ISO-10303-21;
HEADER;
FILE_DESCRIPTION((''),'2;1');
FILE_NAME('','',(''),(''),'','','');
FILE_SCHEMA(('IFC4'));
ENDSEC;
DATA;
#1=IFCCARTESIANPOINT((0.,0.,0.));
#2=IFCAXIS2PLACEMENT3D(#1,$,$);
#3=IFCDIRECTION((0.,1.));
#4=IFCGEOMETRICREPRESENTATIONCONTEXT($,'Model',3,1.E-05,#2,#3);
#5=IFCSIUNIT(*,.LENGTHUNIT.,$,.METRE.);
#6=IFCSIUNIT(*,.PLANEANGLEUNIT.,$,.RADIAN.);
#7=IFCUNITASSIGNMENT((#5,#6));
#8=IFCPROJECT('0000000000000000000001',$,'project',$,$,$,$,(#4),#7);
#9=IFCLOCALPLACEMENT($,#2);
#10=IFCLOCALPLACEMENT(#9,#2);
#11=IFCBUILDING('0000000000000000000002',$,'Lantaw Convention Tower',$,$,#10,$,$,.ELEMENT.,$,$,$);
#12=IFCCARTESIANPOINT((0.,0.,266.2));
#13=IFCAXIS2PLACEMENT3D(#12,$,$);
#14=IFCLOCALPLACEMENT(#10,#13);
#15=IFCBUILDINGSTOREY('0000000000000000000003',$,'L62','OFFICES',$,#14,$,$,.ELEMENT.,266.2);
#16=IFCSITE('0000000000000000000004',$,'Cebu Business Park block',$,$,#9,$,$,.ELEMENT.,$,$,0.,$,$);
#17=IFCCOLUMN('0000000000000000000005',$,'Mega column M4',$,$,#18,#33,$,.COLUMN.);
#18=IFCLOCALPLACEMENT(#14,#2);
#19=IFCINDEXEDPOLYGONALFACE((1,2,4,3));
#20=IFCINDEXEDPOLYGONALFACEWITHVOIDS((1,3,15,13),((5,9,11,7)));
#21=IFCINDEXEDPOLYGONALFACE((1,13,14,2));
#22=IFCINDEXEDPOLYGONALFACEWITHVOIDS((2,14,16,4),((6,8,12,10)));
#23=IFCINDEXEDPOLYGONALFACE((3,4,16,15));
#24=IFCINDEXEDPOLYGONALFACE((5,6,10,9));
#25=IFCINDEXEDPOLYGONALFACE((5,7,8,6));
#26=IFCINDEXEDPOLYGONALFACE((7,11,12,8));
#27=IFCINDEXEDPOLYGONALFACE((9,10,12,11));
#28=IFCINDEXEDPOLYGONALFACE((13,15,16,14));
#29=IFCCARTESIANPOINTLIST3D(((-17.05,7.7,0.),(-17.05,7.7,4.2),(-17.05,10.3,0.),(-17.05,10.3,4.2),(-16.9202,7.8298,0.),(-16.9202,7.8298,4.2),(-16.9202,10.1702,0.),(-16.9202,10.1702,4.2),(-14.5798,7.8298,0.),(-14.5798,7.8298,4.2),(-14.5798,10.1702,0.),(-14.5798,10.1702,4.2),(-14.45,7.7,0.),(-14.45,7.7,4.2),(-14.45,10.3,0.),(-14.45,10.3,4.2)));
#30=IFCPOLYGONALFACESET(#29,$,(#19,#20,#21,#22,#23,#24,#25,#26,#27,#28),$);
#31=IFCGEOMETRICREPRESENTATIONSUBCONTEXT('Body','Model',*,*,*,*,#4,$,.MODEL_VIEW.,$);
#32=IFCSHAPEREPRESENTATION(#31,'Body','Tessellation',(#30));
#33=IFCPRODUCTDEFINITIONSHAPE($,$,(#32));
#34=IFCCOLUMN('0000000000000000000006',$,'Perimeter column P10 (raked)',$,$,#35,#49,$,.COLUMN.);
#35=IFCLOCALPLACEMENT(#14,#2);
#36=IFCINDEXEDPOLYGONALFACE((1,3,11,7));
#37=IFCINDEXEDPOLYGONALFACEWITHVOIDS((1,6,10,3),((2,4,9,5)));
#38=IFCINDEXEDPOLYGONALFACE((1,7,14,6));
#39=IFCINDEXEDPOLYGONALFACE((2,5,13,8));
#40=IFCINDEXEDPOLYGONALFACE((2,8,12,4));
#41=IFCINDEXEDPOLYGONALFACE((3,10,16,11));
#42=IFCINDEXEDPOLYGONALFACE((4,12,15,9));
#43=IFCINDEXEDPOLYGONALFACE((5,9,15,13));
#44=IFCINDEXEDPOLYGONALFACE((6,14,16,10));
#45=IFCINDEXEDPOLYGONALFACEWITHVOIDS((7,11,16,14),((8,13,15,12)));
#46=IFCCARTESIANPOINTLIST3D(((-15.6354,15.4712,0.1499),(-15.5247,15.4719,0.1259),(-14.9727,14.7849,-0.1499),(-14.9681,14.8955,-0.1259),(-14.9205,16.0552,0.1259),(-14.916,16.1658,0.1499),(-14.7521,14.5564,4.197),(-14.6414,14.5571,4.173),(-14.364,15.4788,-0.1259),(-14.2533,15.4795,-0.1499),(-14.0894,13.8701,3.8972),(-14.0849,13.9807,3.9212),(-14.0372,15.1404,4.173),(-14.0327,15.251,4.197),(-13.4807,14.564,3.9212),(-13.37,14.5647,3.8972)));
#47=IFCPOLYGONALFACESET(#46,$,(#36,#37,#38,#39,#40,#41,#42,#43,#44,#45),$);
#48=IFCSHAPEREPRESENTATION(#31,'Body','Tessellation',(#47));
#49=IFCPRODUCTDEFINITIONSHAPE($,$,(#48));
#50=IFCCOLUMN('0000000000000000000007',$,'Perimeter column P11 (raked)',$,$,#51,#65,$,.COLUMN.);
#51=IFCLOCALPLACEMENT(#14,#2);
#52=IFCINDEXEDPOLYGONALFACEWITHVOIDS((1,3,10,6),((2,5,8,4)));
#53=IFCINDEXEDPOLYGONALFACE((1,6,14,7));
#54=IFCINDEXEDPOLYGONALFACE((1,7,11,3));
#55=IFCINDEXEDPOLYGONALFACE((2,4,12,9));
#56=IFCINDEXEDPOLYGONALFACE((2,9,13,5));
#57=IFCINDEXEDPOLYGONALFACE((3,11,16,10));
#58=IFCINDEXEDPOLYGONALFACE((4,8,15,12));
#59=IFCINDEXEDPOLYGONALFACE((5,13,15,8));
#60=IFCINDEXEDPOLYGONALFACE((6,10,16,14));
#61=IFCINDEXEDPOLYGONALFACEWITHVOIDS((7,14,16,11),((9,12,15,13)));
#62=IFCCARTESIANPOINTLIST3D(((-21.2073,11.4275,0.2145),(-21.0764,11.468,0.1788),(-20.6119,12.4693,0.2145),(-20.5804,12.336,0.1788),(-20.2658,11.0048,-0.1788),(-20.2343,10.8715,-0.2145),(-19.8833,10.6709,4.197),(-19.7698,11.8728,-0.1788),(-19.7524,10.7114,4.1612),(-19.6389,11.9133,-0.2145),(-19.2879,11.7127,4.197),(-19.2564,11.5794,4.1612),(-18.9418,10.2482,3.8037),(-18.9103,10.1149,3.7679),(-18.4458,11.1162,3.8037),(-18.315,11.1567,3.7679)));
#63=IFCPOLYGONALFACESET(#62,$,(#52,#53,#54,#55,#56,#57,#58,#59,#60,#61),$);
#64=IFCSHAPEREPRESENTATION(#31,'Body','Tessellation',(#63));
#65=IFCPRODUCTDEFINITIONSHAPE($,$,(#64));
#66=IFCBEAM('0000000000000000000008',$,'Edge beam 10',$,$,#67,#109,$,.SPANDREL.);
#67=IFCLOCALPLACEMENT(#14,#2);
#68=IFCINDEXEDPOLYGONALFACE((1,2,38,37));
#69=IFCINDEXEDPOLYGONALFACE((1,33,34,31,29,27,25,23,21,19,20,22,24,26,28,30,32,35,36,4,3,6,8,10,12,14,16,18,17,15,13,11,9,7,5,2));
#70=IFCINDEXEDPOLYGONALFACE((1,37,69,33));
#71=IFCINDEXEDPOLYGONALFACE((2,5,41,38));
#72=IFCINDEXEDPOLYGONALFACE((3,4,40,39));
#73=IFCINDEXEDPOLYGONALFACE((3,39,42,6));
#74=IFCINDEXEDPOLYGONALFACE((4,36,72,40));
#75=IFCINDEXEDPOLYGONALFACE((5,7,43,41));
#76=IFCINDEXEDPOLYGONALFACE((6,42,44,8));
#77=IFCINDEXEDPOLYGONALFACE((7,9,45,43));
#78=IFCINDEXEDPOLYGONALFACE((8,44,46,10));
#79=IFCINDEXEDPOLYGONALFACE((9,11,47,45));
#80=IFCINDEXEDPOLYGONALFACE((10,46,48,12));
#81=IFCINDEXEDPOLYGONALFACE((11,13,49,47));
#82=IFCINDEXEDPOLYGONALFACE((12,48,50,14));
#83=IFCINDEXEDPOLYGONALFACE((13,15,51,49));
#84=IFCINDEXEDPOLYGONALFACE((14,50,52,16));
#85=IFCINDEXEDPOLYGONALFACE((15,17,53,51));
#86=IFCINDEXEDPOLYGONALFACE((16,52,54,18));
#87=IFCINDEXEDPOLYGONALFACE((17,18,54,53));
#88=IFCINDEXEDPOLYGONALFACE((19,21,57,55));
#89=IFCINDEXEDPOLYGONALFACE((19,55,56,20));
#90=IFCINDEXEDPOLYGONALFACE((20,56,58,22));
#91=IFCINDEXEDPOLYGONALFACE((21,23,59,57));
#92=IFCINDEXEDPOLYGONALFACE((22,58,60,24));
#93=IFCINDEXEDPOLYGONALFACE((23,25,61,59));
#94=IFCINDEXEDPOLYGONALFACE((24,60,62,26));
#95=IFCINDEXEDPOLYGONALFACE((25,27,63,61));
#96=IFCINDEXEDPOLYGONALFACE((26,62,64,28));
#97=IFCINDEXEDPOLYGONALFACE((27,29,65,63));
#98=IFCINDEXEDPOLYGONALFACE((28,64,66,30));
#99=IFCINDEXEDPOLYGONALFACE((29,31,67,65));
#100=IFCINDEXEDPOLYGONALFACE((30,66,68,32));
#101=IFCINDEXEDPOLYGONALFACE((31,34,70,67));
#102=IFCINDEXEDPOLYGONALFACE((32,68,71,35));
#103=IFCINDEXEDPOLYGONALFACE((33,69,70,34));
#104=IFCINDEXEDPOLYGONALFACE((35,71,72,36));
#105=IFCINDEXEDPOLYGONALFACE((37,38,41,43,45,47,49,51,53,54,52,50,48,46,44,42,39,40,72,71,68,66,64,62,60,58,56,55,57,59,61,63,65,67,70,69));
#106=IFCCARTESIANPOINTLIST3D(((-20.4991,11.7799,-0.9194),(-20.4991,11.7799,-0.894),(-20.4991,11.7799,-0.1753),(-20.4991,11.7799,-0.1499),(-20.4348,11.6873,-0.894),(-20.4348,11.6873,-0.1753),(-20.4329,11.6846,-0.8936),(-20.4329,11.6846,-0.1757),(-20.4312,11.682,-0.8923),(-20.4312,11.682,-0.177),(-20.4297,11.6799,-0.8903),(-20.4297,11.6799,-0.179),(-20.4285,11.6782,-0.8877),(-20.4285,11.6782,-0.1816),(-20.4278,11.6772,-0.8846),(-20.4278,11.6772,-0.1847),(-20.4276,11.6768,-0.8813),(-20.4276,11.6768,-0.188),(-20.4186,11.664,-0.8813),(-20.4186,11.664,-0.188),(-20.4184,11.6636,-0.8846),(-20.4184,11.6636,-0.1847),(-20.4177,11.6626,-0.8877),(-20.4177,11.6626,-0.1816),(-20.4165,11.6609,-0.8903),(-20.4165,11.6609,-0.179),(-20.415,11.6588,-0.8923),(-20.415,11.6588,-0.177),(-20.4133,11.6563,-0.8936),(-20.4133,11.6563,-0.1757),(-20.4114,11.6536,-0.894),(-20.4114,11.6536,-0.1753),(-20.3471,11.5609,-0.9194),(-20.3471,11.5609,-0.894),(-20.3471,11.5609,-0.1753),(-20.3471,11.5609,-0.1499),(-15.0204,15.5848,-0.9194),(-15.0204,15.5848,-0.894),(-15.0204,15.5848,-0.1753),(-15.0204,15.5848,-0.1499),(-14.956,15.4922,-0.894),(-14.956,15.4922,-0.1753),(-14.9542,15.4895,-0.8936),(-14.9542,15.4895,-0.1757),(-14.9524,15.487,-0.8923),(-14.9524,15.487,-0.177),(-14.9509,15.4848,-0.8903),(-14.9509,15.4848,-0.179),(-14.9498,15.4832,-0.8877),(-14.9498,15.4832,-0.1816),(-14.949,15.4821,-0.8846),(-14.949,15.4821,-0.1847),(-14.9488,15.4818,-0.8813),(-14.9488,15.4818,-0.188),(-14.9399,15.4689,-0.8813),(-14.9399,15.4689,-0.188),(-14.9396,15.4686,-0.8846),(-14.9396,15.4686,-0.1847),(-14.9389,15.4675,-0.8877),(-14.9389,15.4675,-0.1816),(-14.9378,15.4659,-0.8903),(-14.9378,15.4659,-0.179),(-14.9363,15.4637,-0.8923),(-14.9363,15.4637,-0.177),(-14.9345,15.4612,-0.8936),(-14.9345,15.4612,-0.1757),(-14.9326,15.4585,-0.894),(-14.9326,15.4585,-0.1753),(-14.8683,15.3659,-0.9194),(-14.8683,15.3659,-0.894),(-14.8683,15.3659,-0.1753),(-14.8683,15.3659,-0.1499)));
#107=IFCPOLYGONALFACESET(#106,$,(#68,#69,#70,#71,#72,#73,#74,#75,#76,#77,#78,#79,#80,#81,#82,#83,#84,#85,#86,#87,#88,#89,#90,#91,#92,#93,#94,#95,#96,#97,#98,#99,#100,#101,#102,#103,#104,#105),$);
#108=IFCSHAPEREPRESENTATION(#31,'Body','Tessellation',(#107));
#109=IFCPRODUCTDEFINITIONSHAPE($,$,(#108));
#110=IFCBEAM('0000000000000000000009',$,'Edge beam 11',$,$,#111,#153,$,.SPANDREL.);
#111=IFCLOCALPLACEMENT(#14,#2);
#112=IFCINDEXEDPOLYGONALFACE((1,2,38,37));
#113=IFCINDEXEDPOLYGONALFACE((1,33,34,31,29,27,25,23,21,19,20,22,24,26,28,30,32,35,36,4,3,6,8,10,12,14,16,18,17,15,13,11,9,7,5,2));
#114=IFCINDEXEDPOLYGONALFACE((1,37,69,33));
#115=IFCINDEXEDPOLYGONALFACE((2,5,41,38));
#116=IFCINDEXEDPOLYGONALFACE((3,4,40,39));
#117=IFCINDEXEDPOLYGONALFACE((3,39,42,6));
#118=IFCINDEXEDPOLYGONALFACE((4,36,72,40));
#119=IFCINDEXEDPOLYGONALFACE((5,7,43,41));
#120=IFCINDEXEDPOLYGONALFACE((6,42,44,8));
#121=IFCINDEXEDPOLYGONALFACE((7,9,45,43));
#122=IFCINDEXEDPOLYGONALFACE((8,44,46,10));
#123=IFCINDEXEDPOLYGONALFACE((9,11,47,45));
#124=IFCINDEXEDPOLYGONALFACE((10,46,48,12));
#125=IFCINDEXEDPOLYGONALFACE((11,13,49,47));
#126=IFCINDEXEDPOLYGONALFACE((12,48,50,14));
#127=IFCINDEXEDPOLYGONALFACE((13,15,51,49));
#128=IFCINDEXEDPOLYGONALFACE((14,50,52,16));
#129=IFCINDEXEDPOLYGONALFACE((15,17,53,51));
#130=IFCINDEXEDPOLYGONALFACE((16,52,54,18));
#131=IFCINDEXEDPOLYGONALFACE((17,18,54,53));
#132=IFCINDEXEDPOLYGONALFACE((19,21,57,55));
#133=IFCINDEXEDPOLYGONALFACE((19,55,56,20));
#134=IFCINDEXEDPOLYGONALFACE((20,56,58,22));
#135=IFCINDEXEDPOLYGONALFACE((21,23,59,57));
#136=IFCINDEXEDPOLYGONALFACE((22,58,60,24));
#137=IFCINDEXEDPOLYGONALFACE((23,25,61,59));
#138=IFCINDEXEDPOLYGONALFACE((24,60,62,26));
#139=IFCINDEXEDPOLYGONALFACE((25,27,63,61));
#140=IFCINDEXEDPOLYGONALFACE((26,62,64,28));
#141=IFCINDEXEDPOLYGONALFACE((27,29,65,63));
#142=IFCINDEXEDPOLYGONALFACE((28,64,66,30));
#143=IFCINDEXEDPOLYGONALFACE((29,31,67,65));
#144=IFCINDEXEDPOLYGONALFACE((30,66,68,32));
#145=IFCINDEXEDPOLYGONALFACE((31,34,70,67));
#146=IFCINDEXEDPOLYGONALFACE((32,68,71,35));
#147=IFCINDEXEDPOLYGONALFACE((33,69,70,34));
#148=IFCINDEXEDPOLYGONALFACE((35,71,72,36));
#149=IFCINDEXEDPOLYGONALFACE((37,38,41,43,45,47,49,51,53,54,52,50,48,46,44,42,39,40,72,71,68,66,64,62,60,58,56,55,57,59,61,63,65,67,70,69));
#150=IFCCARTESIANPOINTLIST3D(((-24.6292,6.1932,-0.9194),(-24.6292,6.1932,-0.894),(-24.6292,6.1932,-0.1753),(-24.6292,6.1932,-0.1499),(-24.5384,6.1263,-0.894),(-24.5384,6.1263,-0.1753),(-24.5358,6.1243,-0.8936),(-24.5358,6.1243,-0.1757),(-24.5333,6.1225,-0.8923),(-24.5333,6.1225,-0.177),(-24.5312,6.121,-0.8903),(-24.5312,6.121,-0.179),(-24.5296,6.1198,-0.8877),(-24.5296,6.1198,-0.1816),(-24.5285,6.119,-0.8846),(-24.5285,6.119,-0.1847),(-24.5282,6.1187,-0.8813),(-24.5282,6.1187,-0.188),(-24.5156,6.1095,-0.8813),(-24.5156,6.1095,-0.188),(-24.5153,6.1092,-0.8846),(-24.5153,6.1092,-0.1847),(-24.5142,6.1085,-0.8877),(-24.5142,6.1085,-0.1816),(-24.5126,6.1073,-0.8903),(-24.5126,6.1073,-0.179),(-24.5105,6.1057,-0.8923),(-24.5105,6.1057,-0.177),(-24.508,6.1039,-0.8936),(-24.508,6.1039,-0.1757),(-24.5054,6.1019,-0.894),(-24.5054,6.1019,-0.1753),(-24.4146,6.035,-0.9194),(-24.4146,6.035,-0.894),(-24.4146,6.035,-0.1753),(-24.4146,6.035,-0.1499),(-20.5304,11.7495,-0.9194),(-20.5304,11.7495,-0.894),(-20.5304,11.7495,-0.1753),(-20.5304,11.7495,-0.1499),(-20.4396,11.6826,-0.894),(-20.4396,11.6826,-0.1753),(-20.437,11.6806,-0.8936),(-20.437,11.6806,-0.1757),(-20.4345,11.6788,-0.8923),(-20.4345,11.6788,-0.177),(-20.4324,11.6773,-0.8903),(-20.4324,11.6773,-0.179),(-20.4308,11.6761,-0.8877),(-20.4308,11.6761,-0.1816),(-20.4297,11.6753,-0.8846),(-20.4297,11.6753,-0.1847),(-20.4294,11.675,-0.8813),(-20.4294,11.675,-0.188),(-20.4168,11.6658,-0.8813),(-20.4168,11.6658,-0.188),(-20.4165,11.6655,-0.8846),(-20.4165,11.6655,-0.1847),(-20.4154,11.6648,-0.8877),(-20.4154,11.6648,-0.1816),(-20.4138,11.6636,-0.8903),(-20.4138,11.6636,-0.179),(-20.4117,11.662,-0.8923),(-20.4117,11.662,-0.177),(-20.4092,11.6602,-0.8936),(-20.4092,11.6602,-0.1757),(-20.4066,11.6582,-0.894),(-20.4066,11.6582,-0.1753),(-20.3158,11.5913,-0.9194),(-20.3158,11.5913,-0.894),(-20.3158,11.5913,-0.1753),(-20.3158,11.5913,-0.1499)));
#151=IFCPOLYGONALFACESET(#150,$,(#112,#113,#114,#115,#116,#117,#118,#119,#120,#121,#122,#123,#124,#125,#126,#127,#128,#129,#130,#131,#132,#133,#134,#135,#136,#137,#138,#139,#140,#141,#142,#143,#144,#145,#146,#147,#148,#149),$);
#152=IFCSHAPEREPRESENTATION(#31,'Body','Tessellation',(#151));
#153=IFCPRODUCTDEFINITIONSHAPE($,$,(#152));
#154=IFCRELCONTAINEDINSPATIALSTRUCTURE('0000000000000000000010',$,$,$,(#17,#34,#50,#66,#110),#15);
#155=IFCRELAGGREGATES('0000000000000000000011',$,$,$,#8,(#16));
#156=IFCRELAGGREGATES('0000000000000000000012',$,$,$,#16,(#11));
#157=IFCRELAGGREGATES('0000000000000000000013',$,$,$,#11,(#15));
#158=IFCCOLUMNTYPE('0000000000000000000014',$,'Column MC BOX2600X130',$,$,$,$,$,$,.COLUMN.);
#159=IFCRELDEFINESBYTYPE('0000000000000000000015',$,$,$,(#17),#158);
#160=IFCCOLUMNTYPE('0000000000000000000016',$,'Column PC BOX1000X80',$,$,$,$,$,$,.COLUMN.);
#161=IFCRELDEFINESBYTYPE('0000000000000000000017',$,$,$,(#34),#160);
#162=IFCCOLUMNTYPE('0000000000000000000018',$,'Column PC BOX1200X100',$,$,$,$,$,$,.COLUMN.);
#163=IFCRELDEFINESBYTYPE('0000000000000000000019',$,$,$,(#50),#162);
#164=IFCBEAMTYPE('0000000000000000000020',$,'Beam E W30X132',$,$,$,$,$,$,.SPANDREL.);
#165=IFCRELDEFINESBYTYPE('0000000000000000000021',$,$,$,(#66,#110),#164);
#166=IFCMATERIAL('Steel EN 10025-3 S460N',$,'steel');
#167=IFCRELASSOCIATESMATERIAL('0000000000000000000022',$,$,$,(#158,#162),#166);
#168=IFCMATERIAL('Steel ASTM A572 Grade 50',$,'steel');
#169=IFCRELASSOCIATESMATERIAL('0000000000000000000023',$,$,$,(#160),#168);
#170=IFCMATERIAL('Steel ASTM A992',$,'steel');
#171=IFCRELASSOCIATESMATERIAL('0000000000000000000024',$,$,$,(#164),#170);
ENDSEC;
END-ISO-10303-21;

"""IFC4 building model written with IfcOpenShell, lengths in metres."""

from ifc_helpers import new_model, si_unit, direction, frame, origin, origin_2d, place, context, subcontext, project, spatial, rectangle, hollow_rectangle, i_section, extrude, material, material_profile, profile_set, type_object, element, save


model = new_model("IFC4")

# Units and contexts
model_context = context("Model", 3, precision=1e-05, world=origin(), true_north=direction((0.0, 1.0)))
body_context = subcontext(model_context, "Body", "Model", "MODEL_VIEW")
ifc_project = project(units=[si_unit("LENGTHUNIT", "METRE"), si_unit("PLANEANGLEUNIT", "RADIAN")], contexts=[model_context])

# Site, building, storey
site_placement = place(None, origin())
site = spatial("IfcSite", under=ifc_project, at=site_placement, Name="Cebu Business Park block", CompositionType="ELEMENT", RefElevation=0.0)
building_placement = place(site_placement, origin())
building = spatial("IfcBuilding", under=site, at=building_placement, Name="Lantaw Convention Tower", CompositionType="ELEMENT")
storey_placement = place(building_placement, frame((0.0, 0.0, 266.2)))
storey = spatial("IfcBuildingStorey", under=building, at=storey_placement, Name="L62", Description="OFFICES", CompositionType="ELEMENT", Elevation=266.2)

# Columns
ifc_material_1 = material(Name="Steel EN 10025-3 S460N", Category="steel")
ifc_material_profile_1 = material_profile(ifc_material_1, hollow_rectangle(XDim=2.6001, YDim=2.6001, WallThickness=0.1299, at=origin_2d()), Name="BOX2600X130")
ifc_material_2 = material(Name="Concrete C60/75", Category="concrete")
ifc_material_profile_2 = material_profile(ifc_material_2, rectangle(XDim=2.3401, YDim=2.3401, at=origin_2d()), Name="Concrete fill of BOX2600X130")
ifc_profile_set_1 = profile_set([ifc_material_profile_1, ifc_material_profile_2], Name="Steel EN 10025-3 S460N")
column_type_1 = type_object("IfcColumnType", Name="Column MC BOX2600X130", PredefinedType="COLUMN", material=ifc_profile_set_1)
column_1_placement = place(storey_placement, frame((-15.75, 9.0, 0.0), z_axis=(0.0, 0.0, 1.0), x_axis=(1.0, 0.0, 0.0)))
element("IfcColumn", 1, at=column_1_placement, inside=storey, type_object=column_type_1, Name="Mega column M4", PredefinedType="COLUMN", context=body_context, shape_type="SweptSolid", body=[
    extrude(hollow_rectangle(XDim=2.6001, YDim=2.6001, WallThickness=0.1299, at=origin_2d()), origin(), (0.0, 0.0, 1.0), 4.2),
])
ifc_material_3 = material(Name="Steel ASTM A572 Grade 50", Category="steel")
ifc_material_profile_3 = material_profile(ifc_material_3, hollow_rectangle(XDim=1.0, YDim=1.0, WallThickness=0.0801, at=origin_2d()), Name="BOX1000X80")
ifc_material_profile_4 = material_profile(ifc_material_2, rectangle(XDim=0.8401, YDim=0.8401, at=origin_2d()), Name="Concrete fill of BOX1000X80")
ifc_profile_set_2 = profile_set([ifc_material_profile_3, ifc_material_profile_4], Name="Steel ASTM A572 Grade 50")
column_type_2 = type_object("IfcColumnType", Name="Column PC BOX1000X80", PredefinedType="COLUMN", material=ifc_profile_set_2)
column_2_placement = place(storey_placement, frame((-14.9443, 15.4753, 0.0), z_axis=(0.208218, -0.215642, 0.954015), x_axis=(0.719382, 0.694615, 0.0)))
element("IfcColumn", 2, at=column_2_placement, inside=storey, type_object=column_type_2, Name="Perimeter column P10 (raked)", PredefinedType="COLUMN", context=body_context, shape_type="SweptSolid", body=[
    extrude(hollow_rectangle(XDim=1.0, YDim=1.0, WallThickness=0.0801, at=origin_2d()), origin(), (0.0, 0.0, 1.0), 4.2422),
])
ifc_material_profile_5 = material_profile(ifc_material_1, hollow_rectangle(XDim=1.2, YDim=1.2, WallThickness=0.1001, at=origin_2d()), Name="BOX1200X100")
ifc_material_profile_6 = material_profile(ifc_material_2, rectangle(XDim=1.0, YDim=1.0, at=origin_2d()), Name="Concrete fill of BOX1200X100")
ifc_profile_set_3 = profile_set([ifc_material_profile_5, ifc_material_profile_6], Name="Steel EN 10025-3 S460N")
column_type_3 = type_object("IfcColumnType", Name="Column PC BOX1200X100", PredefinedType="COLUMN", material=ifc_profile_set_3)
column_3_placement = place(storey_placement, frame((-20.4231, 11.6704, 0.0), z_axis=(0.310472, -0.177421, 0.933878), x_axis=(0.496156, 0.868233, 0.0)))
element("IfcColumn", 3, at=column_3_placement, inside=storey, type_object=column_type_3, Name="Perimeter column P11 (raked)", PredefinedType="COLUMN", context=body_context, shape_type="SweptSolid", body=[
    extrude(hollow_rectangle(XDim=1.2, YDim=1.2, WallThickness=0.1001, at=origin_2d()), origin(), (0.0, 0.0, 1.0), 4.2644),
])

# Beams
ifc_material_4 = material(Name="Steel ASTM A992", Category="steel")
ifc_material_profile_7 = material_profile(ifc_material_4, i_section(OverallWidth=0.2666, OverallDepth=0.7695, WebThickness=0.0156, FlangeThickness=0.0254, FilletRadius=0.0127, at=origin_2d()), Name="W30X132")
ifc_profile_set_4 = profile_set([ifc_material_profile_7], Name="Steel ASTM A992")
beam_type_1 = type_object("IfcBeamType", Name="Beam E W30X132", PredefinedType="SPANDREL", material=ifc_profile_set_4)
beam_1_placement = place(storey_placement, frame((-14.9443, 15.4753, -0.5347), z_axis=(-0.821353, -0.57042, 0.0), x_axis=(0.57042, -0.821353, 0.0)))
element("IfcBeam", 4, at=beam_1_placement, inside=storey, type_object=beam_type_1, Name="Edge beam 10", PredefinedType="SPANDREL", context=body_context, shape_type="SweptSolid", body=[
    extrude(i_section(OverallWidth=0.2666, OverallDepth=0.7695, WebThickness=0.0156, FlangeThickness=0.0254, FilletRadius=0.0127, at=origin_2d()), origin(), (0.0, 0.0, 1.0), 6.6704),
])
beam_2_placement = place(storey_placement, frame((-20.4231, 11.6704, -0.5347), z_axis=(-0.593639, -0.804731, 0.0), x_axis=(0.804731, -0.593639, 0.0)))
element("IfcBeam", 5, at=beam_2_placement, inside=storey, type_object=beam_type_1, Name="Edge beam 11", PredefinedType="SPANDREL", context=body_context, shape_type="SweptSolid", body=[
    extrude(i_section(OverallWidth=0.2666, OverallDepth=0.7695, WebThickness=0.0156, FlangeThickness=0.0254, FilletRadius=0.0127, at=origin_2d()), origin(), (0.0, 0.0, 1.0), 6.9045),
])

save(model, "model.ifc")
